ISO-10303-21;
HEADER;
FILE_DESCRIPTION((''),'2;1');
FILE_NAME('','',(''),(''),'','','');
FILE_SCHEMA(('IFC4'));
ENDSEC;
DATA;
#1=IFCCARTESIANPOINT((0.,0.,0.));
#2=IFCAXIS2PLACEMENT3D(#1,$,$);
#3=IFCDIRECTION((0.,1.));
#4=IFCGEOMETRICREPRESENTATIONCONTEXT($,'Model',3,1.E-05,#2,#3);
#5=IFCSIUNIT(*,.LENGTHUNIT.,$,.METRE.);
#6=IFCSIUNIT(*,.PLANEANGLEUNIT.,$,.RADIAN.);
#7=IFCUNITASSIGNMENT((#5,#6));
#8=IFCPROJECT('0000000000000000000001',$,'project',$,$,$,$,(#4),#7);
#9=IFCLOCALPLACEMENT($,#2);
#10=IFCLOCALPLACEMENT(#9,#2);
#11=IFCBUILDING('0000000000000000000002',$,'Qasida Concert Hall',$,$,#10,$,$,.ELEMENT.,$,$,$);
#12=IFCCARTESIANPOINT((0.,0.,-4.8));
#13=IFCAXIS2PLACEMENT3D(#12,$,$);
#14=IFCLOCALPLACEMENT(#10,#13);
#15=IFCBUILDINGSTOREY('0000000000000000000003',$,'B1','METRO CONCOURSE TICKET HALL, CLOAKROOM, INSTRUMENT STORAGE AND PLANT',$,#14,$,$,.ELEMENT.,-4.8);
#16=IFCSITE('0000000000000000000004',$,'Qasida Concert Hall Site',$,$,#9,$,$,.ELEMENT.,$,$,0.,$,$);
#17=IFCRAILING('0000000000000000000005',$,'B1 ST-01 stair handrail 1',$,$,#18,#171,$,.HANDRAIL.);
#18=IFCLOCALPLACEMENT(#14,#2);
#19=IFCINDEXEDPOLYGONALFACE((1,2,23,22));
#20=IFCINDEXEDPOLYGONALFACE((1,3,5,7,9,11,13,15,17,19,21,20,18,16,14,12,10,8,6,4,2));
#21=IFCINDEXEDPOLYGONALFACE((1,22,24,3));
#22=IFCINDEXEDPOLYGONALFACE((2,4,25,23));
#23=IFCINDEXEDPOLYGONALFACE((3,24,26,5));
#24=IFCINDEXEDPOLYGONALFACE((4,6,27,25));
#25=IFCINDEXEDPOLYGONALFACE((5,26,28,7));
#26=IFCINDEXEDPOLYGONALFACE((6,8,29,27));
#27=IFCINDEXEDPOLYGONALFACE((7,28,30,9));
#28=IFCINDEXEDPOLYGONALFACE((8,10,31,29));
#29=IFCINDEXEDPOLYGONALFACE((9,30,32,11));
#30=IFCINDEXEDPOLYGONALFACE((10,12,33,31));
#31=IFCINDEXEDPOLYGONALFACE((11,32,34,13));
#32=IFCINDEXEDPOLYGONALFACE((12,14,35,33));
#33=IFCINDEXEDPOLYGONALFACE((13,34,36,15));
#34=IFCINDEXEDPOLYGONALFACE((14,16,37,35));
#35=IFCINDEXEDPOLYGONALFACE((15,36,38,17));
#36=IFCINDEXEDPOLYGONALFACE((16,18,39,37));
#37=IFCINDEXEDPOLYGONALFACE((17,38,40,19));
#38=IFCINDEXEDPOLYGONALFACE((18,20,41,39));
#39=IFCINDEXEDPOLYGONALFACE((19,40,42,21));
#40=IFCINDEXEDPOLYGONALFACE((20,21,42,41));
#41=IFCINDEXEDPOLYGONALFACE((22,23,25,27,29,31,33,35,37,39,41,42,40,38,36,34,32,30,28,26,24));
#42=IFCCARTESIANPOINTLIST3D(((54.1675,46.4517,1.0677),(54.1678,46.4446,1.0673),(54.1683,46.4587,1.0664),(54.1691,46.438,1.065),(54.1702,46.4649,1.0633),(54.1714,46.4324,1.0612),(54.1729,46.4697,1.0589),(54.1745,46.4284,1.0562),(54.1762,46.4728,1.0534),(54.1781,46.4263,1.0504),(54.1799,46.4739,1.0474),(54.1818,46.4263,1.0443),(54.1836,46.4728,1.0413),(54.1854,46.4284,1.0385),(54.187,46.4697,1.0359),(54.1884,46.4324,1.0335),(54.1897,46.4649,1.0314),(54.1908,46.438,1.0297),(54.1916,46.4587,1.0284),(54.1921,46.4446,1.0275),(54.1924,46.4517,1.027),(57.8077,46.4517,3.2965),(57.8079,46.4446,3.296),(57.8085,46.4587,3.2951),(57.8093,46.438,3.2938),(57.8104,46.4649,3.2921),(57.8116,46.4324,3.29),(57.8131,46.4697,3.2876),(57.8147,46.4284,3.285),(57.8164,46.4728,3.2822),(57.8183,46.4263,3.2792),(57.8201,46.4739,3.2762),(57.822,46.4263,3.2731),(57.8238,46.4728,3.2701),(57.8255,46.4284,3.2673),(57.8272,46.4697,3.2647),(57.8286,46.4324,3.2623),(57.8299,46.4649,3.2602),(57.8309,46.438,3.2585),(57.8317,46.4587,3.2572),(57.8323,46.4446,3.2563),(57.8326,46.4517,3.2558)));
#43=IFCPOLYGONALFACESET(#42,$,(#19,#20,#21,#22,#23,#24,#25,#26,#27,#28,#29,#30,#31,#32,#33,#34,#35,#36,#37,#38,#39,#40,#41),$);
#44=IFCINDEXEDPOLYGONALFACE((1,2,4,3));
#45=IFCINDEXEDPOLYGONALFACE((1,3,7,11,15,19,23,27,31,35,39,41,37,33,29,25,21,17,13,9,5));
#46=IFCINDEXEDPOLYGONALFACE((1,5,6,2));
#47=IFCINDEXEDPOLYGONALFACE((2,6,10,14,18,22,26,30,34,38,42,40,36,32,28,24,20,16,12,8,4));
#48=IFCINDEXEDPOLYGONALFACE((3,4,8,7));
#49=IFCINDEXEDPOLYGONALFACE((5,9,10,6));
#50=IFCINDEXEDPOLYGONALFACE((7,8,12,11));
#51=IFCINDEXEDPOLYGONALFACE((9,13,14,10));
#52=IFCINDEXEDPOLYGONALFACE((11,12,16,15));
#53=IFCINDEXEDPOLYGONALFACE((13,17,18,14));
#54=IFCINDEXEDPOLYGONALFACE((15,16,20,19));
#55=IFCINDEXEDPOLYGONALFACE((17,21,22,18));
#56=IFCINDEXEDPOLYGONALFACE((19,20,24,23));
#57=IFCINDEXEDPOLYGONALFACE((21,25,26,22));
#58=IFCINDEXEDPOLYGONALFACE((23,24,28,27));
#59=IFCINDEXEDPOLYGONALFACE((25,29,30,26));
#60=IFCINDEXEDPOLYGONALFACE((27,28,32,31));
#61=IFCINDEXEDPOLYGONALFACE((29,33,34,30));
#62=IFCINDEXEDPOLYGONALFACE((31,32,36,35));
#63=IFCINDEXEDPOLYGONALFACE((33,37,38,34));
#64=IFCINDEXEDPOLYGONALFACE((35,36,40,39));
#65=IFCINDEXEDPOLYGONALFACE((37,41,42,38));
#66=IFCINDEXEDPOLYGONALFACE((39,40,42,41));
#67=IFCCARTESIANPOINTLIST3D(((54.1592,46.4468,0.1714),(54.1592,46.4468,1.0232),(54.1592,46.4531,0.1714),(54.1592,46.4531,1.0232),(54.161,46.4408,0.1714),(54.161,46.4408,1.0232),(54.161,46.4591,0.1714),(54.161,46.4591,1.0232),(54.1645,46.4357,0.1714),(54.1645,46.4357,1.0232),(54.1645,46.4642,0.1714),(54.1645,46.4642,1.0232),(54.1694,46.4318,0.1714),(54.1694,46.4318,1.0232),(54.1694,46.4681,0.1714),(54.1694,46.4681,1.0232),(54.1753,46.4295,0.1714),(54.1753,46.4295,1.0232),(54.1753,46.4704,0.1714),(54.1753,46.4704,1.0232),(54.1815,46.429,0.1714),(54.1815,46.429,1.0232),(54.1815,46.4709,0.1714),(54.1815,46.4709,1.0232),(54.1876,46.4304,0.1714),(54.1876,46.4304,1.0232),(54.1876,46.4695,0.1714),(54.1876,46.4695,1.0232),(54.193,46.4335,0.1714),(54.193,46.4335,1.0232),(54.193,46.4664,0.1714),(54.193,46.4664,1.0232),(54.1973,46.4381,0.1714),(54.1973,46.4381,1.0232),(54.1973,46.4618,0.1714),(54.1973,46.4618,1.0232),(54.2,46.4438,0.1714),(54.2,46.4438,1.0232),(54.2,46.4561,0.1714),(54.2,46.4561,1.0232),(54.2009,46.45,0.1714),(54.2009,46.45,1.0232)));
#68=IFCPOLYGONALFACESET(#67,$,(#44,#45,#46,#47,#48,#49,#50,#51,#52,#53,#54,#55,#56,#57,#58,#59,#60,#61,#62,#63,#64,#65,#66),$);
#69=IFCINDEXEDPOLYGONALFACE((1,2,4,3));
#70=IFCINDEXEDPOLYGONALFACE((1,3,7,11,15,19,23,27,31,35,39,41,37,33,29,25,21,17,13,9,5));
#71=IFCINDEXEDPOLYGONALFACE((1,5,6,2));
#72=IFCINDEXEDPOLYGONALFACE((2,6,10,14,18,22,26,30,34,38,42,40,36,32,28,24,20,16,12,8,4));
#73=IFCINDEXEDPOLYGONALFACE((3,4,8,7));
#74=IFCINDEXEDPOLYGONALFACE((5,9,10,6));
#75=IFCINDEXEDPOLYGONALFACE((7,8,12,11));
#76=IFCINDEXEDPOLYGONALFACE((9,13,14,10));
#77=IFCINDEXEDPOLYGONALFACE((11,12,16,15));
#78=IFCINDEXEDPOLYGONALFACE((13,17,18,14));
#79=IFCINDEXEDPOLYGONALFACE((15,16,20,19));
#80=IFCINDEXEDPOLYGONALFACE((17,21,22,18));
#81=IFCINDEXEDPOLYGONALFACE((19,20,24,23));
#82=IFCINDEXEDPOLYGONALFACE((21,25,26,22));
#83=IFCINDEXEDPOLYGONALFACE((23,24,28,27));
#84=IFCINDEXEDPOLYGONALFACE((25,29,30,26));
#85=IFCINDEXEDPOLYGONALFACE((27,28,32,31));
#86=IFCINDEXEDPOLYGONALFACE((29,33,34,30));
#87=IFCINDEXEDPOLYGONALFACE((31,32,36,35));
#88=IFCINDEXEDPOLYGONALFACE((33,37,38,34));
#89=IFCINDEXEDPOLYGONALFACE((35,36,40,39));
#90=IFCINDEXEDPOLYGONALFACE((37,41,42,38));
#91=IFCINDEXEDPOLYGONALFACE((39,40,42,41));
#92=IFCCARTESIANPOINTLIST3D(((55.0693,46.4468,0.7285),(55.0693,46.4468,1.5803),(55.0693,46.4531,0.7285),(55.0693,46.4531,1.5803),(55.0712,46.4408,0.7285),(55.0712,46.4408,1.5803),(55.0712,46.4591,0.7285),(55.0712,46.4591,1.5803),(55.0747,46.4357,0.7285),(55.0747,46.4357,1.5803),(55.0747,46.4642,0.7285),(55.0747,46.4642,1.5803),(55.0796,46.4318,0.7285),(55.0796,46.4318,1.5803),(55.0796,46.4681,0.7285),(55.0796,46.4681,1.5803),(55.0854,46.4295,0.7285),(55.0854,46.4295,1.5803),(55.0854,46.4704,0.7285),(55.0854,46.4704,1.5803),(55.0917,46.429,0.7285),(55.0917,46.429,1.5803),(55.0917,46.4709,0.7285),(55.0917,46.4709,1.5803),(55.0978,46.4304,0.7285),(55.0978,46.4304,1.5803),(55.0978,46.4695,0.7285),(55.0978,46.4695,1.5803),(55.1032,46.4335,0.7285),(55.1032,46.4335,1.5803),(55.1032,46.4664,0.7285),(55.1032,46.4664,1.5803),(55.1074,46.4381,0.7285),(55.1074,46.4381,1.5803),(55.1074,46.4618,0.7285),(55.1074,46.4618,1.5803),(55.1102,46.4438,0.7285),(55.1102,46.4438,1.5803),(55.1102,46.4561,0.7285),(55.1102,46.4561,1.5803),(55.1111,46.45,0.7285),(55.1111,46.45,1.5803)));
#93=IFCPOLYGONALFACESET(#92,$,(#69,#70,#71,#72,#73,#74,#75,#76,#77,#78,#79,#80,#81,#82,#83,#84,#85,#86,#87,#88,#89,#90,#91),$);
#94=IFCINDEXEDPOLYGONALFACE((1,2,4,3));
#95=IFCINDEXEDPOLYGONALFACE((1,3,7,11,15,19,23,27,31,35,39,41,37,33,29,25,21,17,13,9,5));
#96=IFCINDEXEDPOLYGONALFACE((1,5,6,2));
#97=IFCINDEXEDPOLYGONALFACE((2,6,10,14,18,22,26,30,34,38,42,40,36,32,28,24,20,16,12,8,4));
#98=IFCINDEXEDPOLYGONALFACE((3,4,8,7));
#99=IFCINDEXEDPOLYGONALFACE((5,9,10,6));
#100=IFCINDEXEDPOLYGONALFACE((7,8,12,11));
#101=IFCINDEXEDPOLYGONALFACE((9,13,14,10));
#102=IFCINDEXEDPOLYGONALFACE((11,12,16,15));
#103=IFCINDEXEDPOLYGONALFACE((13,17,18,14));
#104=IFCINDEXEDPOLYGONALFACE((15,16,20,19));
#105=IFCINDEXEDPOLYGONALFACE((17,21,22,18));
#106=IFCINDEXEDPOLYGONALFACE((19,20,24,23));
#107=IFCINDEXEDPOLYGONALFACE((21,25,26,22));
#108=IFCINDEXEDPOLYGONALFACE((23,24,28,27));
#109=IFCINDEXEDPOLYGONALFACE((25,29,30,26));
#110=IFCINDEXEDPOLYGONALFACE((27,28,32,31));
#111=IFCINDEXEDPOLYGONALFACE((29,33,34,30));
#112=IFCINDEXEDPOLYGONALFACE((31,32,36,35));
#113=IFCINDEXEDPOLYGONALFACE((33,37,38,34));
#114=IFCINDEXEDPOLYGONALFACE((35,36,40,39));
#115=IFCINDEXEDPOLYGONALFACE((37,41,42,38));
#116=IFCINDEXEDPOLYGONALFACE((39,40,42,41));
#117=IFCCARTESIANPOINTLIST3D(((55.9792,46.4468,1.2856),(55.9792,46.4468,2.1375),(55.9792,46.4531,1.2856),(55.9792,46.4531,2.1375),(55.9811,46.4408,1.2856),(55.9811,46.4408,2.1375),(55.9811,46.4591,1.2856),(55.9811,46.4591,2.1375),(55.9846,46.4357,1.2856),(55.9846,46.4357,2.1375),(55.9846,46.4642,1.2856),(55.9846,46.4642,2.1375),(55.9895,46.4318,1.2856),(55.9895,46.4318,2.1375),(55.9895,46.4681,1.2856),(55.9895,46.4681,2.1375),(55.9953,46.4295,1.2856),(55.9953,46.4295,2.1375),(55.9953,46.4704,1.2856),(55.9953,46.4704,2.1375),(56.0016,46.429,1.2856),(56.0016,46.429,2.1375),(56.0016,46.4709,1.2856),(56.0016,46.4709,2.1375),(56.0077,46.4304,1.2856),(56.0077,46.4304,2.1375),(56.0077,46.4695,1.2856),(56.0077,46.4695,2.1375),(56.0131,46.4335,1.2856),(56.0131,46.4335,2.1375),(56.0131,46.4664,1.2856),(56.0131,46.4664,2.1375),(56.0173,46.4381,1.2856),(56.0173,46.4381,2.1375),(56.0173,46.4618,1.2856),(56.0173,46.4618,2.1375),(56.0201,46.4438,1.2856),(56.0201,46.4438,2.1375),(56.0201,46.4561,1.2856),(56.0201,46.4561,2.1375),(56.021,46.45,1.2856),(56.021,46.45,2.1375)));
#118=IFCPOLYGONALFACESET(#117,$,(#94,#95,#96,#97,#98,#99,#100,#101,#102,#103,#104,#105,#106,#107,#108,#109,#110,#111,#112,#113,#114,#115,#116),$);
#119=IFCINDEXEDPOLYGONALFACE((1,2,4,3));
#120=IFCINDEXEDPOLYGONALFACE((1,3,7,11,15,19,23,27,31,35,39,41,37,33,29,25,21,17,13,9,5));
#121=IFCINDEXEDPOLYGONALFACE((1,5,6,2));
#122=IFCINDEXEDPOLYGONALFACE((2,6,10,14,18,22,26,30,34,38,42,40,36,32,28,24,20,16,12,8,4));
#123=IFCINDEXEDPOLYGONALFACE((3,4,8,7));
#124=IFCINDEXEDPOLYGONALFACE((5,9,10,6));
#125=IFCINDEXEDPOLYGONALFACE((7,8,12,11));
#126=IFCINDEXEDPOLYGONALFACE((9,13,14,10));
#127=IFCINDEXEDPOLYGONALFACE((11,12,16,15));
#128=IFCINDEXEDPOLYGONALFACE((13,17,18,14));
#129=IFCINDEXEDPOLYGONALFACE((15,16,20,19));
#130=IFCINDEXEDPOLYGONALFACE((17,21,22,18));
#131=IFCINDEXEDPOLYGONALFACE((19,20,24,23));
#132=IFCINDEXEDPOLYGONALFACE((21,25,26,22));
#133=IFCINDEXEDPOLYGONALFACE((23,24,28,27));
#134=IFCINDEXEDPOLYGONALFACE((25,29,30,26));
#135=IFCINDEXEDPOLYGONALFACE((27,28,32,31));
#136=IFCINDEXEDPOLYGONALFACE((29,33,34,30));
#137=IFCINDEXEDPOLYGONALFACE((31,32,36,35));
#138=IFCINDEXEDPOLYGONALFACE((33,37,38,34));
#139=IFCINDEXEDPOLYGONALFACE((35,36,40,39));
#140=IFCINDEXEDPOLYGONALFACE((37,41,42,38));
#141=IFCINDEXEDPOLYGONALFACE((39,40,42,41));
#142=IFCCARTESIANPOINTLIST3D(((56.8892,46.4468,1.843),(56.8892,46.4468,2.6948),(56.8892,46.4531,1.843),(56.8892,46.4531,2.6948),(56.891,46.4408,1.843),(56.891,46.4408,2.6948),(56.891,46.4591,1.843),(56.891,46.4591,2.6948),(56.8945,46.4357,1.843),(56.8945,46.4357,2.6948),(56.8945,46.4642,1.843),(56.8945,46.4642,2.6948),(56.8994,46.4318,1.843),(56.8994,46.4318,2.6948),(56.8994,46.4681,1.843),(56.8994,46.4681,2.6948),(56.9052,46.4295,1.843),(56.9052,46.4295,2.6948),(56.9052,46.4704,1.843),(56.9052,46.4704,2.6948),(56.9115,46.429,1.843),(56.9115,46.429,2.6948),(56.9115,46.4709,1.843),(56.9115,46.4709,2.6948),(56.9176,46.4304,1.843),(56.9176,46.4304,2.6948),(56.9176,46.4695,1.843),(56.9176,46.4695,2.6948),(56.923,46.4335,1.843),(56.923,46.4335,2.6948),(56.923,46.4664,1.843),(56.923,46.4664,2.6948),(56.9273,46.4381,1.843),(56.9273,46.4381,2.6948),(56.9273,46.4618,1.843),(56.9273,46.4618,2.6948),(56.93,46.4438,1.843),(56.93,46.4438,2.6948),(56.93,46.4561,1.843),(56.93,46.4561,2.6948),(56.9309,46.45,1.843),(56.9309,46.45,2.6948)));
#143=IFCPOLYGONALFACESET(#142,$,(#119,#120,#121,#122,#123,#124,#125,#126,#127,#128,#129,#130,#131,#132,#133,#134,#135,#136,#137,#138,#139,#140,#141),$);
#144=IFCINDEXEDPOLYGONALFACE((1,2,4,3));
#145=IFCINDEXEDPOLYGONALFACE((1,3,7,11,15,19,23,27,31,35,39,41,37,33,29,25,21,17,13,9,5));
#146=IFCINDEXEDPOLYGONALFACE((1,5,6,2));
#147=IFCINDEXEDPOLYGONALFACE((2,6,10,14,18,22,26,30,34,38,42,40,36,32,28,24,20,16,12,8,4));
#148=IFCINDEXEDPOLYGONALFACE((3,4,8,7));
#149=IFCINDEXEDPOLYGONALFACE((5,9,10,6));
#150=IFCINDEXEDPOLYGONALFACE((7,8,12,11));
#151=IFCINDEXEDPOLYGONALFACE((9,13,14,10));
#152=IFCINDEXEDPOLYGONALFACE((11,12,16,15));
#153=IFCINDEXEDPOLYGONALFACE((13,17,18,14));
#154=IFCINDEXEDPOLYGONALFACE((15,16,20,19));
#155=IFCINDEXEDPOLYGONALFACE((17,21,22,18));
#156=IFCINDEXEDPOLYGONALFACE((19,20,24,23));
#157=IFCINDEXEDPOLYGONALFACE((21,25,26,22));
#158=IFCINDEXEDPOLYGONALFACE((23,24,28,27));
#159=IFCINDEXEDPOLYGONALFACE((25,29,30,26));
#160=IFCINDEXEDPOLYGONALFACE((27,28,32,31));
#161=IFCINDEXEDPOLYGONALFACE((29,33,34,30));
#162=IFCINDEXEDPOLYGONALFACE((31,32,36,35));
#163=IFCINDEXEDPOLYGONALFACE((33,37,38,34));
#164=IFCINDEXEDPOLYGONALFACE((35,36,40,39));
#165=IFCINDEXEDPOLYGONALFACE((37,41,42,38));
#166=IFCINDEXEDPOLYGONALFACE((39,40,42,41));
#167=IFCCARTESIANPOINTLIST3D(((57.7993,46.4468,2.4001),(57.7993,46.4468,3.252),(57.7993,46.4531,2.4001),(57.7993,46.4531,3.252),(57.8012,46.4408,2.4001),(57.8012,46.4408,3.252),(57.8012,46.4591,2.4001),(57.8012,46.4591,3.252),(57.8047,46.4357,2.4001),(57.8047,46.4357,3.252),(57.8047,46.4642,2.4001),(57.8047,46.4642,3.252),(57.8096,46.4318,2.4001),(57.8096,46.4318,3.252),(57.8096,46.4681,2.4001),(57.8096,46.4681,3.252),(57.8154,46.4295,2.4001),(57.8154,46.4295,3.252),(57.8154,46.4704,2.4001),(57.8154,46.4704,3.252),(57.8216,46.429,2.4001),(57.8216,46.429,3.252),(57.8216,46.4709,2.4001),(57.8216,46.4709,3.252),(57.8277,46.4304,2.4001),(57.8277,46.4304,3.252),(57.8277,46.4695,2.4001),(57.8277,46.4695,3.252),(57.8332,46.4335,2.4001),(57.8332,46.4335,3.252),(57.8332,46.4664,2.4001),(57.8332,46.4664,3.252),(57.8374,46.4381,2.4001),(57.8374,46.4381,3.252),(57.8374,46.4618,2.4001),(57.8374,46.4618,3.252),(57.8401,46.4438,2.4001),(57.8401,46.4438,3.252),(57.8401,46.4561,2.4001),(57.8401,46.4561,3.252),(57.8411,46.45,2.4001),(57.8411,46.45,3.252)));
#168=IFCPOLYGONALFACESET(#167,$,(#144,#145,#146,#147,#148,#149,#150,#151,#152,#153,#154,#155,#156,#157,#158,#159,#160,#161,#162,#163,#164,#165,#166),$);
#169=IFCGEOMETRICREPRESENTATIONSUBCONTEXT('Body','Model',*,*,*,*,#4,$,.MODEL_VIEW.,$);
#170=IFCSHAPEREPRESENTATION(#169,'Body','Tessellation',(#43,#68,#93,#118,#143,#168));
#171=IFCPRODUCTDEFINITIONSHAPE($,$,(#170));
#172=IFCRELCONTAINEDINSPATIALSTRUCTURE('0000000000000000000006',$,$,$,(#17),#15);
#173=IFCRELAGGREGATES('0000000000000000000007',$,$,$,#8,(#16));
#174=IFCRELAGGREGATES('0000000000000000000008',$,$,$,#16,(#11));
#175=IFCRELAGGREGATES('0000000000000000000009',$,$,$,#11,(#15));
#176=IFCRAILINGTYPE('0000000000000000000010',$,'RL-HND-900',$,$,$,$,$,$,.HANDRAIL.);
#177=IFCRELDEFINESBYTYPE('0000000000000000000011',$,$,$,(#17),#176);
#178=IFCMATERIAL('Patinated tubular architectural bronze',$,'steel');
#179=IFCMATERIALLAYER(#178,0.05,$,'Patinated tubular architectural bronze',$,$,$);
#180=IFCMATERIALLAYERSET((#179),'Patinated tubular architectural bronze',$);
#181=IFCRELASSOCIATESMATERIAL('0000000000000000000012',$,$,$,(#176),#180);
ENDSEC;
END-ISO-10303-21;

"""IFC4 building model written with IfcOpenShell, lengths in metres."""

from ifc_helpers import new_model, si_unit, direction, frame, origin, origin_2d, place, context, subcontext, project, spatial, circle, extrude, material, layer, layer_set, type_object, element, save


model = new_model("IFC4")

# Units and contexts
model_context = context("Model", 3, precision=1e-05, world=origin(), true_north=direction((0.0, 1.0)))
body_context = subcontext(model_context, "Body", "Model", "MODEL_VIEW")
ifc_project = project(units=[si_unit("LENGTHUNIT", "METRE"), si_unit("PLANEANGLEUNIT", "RADIAN")], contexts=[model_context])

# Site, building, storey
site_placement = place(None, origin())
site = spatial("IfcSite", under=ifc_project, at=site_placement, Name="Qasida Concert Hall Site", CompositionType="ELEMENT", RefElevation=0.0)
building_placement = place(site_placement, origin())
building = spatial("IfcBuilding", under=site, at=building_placement, Name="Qasida Concert Hall", CompositionType="ELEMENT")
storey_placement = place(building_placement, frame((0.0, 0.0, -4.8)))
storey = spatial("IfcBuildingStorey", under=building, at=storey_placement, Name="B1", Description="METRO CONCOURSE TICKET HALL, CLOAKROOM, INSTRUMENT STORAGE AND PLANT", CompositionType="ELEMENT", Elevation=-4.8)

# Railing
ifc_material_1 = material(Name="Patinated tubular architectural bronze", Category="steel")
ifc_layer_1 = layer(ifc_material_1, 0.05, Name="Patinated tubular architectural bronze")
ifc_layer_set_1 = layer_set([ifc_layer_1], Name="Patinated tubular architectural bronze")
railing_type_1 = type_object("IfcRailingType", Name="RL-HND-900", PredefinedType="HANDRAIL", material=ifc_layer_set_1)
railing_1_placement = place(storey_placement, frame((54.1799, 46.45, 0.1714)))
element("IfcRailing", 1, at=railing_1_placement, inside=storey, type_object=railing_type_1, Name="B1 ST-01 stair handrail 1", PredefinedType="HANDRAIL", context=body_context, shape_type="SweptSolid", body=[
    extrude(circle(Radius=0.0239, at=origin_2d()), frame((0.0, 0.0, 0.876), z_axis=(0.85284, 0.0, 0.522172), x_axis=(0.0, 1.0, 0.0)), (0.0, 0.0, 1.0), 4.2683),
    extrude(circle(Radius=0.021, at=origin_2d()), origin(), (0.0, 0.0, 1.0), 0.8518),
    extrude(circle(Radius=0.021, at=origin_2d()), frame((0.9102, 0.0, 0.5571)), (0.0, 0.0, 1.0), 0.8518),
    extrude(circle(Radius=0.021, at=origin_2d()), frame((1.8201, 0.0, 1.1143)), (0.0, 0.0, 1.0), 0.8518),
    extrude(circle(Radius=0.021, at=origin_2d()), frame((2.73, 0.0, 1.6716)), (0.0, 0.0, 1.0), 0.8518),
    extrude(circle(Radius=0.021, at=origin_2d()), frame((3.6401, 0.0, 2.2288)), (0.0, 0.0, 1.0), 0.8518),
])

save(model, "model.ifc")
